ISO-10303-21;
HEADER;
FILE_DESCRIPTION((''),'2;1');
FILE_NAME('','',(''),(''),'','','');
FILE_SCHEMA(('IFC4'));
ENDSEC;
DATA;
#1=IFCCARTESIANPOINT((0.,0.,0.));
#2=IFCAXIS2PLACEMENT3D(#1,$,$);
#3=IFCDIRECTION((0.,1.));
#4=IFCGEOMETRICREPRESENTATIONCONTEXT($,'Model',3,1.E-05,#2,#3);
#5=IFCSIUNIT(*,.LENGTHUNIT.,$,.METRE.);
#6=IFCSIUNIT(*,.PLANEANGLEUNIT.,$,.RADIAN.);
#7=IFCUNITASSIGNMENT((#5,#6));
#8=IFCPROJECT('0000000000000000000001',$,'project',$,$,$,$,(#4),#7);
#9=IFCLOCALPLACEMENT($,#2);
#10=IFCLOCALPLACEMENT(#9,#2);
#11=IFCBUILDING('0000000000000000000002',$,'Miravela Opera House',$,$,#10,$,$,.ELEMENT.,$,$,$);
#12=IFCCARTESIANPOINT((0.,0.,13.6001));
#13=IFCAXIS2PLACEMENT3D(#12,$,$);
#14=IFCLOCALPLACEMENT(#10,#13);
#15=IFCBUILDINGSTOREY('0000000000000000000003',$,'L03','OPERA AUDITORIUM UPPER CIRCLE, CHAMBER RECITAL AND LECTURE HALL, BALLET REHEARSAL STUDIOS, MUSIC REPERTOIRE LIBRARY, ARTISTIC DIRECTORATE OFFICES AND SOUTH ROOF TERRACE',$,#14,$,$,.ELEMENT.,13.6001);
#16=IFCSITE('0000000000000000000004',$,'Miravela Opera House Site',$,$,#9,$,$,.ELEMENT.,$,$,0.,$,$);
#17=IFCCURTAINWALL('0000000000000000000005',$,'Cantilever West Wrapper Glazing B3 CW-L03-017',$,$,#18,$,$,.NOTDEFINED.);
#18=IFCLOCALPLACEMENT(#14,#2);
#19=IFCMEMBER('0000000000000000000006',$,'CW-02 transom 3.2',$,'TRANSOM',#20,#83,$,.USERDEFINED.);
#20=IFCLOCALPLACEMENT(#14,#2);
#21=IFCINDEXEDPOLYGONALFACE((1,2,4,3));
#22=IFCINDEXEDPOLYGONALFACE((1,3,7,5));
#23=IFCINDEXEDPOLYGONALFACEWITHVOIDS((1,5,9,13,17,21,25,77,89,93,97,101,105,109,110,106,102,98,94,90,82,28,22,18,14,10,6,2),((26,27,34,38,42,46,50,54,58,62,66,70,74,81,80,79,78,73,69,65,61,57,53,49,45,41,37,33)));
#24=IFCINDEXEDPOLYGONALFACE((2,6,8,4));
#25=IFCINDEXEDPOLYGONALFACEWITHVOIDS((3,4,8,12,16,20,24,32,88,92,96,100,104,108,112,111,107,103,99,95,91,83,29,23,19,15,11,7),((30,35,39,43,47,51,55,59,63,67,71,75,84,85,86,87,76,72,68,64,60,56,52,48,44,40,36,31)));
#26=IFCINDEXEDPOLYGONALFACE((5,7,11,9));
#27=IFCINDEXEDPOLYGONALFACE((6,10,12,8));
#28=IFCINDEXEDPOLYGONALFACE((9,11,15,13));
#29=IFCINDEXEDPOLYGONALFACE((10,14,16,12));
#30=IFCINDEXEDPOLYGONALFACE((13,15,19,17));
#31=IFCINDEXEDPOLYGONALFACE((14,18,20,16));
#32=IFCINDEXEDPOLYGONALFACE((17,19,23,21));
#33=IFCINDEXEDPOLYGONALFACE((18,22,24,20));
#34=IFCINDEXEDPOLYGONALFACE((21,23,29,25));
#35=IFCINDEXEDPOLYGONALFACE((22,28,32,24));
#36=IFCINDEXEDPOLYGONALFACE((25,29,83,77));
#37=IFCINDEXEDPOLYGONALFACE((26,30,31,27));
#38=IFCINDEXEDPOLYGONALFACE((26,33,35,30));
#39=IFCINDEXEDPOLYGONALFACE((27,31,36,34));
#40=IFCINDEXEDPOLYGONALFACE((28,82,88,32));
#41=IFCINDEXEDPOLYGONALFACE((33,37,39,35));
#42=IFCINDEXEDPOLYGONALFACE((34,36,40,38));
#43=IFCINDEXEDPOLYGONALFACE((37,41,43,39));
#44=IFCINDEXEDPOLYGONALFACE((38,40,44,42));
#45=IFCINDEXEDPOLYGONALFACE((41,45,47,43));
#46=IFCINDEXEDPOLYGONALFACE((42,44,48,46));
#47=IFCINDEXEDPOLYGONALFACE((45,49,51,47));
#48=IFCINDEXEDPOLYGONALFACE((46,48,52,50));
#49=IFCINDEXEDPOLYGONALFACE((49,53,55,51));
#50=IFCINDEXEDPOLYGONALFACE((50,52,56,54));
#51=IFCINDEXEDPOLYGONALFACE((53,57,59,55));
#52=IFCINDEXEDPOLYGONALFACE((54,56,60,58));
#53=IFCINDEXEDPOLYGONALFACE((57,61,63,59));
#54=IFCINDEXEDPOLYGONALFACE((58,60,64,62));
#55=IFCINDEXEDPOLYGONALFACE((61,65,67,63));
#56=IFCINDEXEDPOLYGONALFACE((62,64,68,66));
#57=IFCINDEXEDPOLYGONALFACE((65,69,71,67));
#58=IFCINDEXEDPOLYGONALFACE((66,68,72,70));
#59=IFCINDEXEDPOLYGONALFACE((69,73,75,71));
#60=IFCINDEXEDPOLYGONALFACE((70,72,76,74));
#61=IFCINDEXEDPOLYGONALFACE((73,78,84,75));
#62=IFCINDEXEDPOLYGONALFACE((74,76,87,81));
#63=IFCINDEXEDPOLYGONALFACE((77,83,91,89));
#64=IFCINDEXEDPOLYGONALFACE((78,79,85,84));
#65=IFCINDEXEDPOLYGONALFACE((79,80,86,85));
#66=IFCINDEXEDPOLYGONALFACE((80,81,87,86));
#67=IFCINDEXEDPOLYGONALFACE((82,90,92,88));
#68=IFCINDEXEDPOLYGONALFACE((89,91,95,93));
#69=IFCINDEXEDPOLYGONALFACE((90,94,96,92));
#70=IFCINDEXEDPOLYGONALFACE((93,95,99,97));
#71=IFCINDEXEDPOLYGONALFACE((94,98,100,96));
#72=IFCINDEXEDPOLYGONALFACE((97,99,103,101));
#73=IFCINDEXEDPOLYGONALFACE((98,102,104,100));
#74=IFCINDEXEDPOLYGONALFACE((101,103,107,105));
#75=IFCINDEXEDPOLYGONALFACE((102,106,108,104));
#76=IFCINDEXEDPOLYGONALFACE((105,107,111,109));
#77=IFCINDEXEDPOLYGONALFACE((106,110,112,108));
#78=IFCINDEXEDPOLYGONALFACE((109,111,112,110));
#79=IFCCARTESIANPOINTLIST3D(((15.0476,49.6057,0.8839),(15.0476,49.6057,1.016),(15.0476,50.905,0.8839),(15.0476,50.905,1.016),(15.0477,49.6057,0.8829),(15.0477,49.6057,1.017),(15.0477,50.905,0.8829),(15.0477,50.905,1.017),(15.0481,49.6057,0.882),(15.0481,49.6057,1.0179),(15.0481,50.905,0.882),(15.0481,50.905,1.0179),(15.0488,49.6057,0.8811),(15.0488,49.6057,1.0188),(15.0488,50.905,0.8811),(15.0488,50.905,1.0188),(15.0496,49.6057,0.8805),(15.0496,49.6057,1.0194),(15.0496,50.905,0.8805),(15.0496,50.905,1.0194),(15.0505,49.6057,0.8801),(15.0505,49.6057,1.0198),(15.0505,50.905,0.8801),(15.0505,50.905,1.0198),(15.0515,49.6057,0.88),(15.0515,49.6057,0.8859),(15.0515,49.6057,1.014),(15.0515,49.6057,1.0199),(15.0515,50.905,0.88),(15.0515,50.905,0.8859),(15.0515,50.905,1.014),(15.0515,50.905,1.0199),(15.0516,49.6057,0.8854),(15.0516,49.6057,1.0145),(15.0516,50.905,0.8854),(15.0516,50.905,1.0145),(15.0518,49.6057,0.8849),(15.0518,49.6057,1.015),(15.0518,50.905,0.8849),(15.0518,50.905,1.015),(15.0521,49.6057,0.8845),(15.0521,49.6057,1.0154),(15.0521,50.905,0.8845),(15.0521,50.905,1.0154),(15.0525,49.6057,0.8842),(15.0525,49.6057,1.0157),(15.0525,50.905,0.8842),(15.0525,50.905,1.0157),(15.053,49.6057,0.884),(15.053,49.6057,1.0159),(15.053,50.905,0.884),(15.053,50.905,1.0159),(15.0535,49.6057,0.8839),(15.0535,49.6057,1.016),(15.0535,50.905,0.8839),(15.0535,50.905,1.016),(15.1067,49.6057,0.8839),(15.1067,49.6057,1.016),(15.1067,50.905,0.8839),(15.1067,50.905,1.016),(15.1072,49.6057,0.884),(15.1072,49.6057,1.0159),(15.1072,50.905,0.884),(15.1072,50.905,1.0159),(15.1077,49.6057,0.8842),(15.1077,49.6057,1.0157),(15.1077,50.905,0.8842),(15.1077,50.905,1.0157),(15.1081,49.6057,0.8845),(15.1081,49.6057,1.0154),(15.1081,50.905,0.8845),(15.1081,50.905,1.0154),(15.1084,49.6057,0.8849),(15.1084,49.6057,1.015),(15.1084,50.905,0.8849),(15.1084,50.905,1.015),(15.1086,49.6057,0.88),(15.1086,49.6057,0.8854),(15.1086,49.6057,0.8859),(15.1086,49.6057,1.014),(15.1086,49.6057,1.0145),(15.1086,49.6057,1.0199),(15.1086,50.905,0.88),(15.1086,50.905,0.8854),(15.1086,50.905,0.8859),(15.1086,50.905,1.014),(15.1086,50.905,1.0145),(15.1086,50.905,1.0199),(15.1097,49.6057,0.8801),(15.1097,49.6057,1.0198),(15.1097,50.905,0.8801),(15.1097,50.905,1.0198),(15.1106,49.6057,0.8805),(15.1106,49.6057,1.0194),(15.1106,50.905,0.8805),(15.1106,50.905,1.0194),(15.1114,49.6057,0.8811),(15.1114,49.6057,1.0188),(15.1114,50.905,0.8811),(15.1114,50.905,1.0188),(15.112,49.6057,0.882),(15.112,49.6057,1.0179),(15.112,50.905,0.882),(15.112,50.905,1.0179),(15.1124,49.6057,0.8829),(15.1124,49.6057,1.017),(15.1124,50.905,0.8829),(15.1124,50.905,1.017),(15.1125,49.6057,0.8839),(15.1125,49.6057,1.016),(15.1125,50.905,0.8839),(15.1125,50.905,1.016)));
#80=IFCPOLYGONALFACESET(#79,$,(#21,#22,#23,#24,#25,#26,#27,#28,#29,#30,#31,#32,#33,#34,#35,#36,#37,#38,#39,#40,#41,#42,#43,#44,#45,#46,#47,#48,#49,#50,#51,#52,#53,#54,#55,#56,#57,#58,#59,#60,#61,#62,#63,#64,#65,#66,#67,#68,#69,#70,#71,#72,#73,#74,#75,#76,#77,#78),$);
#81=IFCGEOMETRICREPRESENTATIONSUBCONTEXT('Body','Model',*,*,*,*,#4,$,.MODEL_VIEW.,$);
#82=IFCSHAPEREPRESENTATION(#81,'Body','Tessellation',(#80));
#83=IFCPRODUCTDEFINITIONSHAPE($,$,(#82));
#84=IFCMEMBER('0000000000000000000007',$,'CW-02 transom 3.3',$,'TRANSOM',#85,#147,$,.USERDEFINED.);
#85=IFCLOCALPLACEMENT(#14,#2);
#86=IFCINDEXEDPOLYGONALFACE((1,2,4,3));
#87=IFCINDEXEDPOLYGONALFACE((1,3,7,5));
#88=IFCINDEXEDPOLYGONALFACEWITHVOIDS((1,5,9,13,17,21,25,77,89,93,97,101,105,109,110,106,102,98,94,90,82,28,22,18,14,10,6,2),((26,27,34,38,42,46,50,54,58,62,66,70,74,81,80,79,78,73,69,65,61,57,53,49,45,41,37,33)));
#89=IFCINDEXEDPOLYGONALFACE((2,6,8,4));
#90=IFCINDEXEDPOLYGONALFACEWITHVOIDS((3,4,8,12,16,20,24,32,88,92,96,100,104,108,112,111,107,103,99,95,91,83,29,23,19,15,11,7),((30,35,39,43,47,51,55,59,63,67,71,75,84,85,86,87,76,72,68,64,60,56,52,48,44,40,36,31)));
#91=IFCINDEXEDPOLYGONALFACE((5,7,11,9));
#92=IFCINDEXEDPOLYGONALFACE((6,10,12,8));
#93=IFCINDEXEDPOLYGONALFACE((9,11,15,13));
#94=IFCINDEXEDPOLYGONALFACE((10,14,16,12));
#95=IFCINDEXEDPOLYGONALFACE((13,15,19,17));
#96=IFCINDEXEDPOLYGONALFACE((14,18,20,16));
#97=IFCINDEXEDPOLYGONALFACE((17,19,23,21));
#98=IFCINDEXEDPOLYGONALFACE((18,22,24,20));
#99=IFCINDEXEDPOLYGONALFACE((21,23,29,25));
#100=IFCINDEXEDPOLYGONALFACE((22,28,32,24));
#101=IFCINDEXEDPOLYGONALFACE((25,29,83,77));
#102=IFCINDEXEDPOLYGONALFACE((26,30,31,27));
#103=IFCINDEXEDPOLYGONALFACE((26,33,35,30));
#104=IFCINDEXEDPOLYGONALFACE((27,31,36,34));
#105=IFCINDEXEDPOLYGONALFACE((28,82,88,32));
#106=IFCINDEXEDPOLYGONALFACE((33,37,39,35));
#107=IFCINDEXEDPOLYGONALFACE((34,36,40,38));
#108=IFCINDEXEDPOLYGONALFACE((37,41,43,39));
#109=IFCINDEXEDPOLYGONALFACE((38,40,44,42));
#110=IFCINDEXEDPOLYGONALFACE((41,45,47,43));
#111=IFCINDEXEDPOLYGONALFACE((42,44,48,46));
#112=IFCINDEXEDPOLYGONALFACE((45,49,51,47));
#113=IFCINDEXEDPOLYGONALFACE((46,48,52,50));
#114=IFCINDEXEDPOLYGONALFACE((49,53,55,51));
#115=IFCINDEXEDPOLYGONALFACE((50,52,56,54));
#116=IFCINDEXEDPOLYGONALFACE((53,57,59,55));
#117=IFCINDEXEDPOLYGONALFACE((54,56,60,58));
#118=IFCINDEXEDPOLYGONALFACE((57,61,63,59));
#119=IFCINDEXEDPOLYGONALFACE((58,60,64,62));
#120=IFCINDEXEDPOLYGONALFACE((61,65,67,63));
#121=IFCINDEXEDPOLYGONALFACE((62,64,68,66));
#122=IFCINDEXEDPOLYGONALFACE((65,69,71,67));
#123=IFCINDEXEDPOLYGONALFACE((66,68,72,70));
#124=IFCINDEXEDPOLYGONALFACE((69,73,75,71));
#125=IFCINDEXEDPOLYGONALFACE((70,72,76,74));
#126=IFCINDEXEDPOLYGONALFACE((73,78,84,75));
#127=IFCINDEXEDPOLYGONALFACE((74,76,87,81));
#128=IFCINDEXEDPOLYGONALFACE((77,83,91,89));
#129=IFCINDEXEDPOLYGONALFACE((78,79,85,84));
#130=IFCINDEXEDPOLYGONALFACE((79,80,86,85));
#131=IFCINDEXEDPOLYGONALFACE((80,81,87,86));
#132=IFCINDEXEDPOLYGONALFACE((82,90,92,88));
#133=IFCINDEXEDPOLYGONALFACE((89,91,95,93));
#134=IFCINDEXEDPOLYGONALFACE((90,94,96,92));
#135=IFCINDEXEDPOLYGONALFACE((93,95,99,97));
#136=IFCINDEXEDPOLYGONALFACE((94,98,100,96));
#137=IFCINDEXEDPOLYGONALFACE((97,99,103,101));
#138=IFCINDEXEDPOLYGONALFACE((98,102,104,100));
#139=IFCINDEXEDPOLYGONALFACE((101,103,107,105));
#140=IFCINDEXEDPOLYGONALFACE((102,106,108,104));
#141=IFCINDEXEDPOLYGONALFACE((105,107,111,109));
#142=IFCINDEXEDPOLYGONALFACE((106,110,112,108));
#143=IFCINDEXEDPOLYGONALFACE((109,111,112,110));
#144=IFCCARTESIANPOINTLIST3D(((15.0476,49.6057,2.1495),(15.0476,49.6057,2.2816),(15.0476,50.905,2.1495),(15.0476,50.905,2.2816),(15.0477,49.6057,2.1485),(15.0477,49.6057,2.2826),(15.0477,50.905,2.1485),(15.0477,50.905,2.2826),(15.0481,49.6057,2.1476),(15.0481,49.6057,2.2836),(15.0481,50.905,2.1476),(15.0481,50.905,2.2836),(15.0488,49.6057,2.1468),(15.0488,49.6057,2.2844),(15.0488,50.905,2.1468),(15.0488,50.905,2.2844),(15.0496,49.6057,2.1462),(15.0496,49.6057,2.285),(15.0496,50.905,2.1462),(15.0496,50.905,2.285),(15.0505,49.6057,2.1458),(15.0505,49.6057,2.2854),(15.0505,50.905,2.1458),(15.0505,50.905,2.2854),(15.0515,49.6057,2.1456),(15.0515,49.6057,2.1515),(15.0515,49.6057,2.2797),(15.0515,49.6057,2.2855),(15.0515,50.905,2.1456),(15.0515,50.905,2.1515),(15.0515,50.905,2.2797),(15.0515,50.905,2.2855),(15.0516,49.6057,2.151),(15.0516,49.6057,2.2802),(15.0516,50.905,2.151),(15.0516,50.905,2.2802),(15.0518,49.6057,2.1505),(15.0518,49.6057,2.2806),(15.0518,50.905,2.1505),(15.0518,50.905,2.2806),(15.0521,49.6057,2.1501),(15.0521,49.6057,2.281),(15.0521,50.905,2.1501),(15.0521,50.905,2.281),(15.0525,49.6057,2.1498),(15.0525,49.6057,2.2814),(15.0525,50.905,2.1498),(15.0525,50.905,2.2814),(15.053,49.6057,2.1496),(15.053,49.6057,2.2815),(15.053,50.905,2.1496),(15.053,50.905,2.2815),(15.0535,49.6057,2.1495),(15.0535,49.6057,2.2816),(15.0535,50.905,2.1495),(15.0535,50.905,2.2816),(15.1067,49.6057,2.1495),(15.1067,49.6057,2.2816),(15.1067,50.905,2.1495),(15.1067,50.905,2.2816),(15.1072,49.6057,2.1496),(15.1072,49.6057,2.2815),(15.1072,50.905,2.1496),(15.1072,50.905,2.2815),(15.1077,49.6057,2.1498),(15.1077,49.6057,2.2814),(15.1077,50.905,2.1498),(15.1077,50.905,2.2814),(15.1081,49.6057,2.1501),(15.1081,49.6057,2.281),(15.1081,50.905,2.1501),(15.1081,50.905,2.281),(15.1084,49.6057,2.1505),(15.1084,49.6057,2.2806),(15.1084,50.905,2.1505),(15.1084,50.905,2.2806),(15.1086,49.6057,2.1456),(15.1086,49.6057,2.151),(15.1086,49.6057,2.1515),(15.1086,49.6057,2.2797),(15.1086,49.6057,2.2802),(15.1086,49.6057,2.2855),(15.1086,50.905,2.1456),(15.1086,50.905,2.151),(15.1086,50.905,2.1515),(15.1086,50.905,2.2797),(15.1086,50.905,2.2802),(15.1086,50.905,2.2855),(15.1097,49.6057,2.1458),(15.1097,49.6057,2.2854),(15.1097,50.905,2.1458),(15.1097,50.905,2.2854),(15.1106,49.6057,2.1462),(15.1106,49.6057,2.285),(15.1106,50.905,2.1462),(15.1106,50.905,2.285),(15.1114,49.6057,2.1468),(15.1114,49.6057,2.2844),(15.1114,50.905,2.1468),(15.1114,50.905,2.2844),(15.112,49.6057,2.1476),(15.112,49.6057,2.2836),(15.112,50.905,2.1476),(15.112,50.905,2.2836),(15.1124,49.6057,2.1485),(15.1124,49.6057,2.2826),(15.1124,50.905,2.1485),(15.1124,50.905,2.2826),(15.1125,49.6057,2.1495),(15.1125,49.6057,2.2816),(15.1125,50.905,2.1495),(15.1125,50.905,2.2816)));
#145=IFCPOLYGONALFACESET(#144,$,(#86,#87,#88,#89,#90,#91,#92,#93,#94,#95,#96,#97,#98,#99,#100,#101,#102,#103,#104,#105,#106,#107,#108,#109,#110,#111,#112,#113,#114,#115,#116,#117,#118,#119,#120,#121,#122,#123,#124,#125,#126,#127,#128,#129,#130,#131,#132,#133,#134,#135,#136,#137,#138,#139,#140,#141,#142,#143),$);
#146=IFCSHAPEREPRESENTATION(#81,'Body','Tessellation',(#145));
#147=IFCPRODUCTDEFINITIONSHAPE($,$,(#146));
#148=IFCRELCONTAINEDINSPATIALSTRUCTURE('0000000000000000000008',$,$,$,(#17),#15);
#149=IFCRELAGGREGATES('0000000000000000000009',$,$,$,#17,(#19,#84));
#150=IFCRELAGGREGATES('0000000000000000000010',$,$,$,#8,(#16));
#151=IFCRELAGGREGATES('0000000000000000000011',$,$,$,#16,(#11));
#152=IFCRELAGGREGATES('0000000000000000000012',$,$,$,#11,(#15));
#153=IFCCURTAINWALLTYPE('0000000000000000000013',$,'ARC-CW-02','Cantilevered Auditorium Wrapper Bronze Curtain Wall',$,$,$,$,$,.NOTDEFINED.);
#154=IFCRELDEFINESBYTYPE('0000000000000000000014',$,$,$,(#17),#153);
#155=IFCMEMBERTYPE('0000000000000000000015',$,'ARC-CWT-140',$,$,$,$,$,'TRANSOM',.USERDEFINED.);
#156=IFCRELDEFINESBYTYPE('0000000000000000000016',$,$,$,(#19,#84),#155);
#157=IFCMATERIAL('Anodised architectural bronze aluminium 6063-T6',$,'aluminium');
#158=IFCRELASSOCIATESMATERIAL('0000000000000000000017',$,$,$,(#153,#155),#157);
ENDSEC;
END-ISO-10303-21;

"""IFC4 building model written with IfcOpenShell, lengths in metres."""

from ifc_helpers import new_model, si_unit, direction, frame, origin, origin_2d, place, context, subcontext, project, spatial, hollow_rectangle, extrude, material, material_profile, profile_set, type_object, element, aggregate, save


model = new_model("IFC4")

# Units and contexts
model_context = context("Model", 3, precision=1e-05, world=origin(), true_north=direction((0.0, 1.0)))
body_context = subcontext(model_context, "Body", "Model", "MODEL_VIEW")
ifc_project = project(units=[si_unit("LENGTHUNIT", "METRE"), si_unit("PLANEANGLEUNIT", "RADIAN")], contexts=[model_context])

# Site, building, storey
site_placement = place(None, origin())
site = spatial("IfcSite", under=ifc_project, at=site_placement, Name="Miravela Opera House Site", CompositionType="ELEMENT", RefElevation=0.0)
building_placement = place(site_placement, origin())
building = spatial("IfcBuilding", under=site, at=building_placement, Name="Miravela Opera House", CompositionType="ELEMENT")
storey_placement = place(building_placement, frame((0.0, 0.0, 13.6001)))
storey = spatial("IfcBuildingStorey", under=building, at=storey_placement, Name="L03", Description="OPERA AUDITORIUM UPPER CIRCLE, CHAMBER RECITAL AND LECTURE HALL, BALLET REHEARSAL STUDIOS, MUSIC REPERTOIRE LIBRARY, ARTISTIC DIRECTORATE OFFICES AND SOUTH ROOF TERRACE", CompositionType="ELEMENT", Elevation=13.6001)

# Curtain wall
ifc_material_1 = material(Name="Anodised architectural bronze aluminium 6063-T6", Category="aluminium")
curtain_wall_type = type_object("IfcCurtainWallType", Name="ARC-CW-02", Description="Cantilevered Auditorium Wrapper Bronze Curtain Wall", PredefinedType="NOTDEFINED", material=ifc_material_1)
curtain_wall_1_placement = place(storey_placement, origin())
curtain_wall_1 = element("IfcCurtainWall", 1, at=curtain_wall_1_placement, inside=storey, type_object=curtain_wall_type, Name="Cantilever West Wrapper Glazing B3 CW-L03-017", PredefinedType="NOTDEFINED")

# Members
ifc_material_profile_1 = material_profile(ifc_material_1, hollow_rectangle(XDim=0.0649, YDim=0.1399, WallThickness=0.0039, InnerFilletRadius=0.002, OuterFilletRadius=0.0039, at=origin_2d()), Name="CWT-65X140")
ifc_profile_set_1 = profile_set([ifc_material_profile_1])
member_type_1 = type_object("IfcMemberType", Name="ARC-CWT-140", ElementType="TRANSOM", PredefinedType="USERDEFINED", material=ifc_profile_set_1)
member_1_placement = place(storey_placement, frame((15.0801, 49.6057, 0.95), z_axis=(0.0, 1.0, 0.0), x_axis=(-1.0, 0.0, 0.0)))
member_1 = element("IfcMember", 2, at=member_1_placement, type_object=member_type_1, Name="CW-02 transom 3.2", ObjectType="TRANSOM", PredefinedType="USERDEFINED", context=body_context, shape_type="SweptSolid", body=[
    extrude(hollow_rectangle(XDim=0.0649, YDim=0.1399, WallThickness=0.0039, InnerFilletRadius=0.002, OuterFilletRadius=0.0039, at=origin_2d()), origin(), (0.0, 0.0, 1.0), 1.2993),
])
member_2_placement = place(storey_placement, frame((15.0801, 49.6057, 2.2156), z_axis=(0.0, 1.0, 0.0), x_axis=(-1.0, 0.0, 0.0)))
member_2 = element("IfcMember", 3, at=member_2_placement, type_object=member_type_1, Name="CW-02 transom 3.3", ObjectType="TRANSOM", PredefinedType="USERDEFINED", context=body_context, shape_type="SweptSolid", body=[
    extrude(hollow_rectangle(XDim=0.0649, YDim=0.1399, WallThickness=0.0039, InnerFilletRadius=0.002, OuterFilletRadius=0.0039, at=origin_2d()), origin(), (0.0, 0.0, 1.0), 1.2993),
])

aggregate(curtain_wall_1, [member_1, member_2])

save(model, "model.ifc")
